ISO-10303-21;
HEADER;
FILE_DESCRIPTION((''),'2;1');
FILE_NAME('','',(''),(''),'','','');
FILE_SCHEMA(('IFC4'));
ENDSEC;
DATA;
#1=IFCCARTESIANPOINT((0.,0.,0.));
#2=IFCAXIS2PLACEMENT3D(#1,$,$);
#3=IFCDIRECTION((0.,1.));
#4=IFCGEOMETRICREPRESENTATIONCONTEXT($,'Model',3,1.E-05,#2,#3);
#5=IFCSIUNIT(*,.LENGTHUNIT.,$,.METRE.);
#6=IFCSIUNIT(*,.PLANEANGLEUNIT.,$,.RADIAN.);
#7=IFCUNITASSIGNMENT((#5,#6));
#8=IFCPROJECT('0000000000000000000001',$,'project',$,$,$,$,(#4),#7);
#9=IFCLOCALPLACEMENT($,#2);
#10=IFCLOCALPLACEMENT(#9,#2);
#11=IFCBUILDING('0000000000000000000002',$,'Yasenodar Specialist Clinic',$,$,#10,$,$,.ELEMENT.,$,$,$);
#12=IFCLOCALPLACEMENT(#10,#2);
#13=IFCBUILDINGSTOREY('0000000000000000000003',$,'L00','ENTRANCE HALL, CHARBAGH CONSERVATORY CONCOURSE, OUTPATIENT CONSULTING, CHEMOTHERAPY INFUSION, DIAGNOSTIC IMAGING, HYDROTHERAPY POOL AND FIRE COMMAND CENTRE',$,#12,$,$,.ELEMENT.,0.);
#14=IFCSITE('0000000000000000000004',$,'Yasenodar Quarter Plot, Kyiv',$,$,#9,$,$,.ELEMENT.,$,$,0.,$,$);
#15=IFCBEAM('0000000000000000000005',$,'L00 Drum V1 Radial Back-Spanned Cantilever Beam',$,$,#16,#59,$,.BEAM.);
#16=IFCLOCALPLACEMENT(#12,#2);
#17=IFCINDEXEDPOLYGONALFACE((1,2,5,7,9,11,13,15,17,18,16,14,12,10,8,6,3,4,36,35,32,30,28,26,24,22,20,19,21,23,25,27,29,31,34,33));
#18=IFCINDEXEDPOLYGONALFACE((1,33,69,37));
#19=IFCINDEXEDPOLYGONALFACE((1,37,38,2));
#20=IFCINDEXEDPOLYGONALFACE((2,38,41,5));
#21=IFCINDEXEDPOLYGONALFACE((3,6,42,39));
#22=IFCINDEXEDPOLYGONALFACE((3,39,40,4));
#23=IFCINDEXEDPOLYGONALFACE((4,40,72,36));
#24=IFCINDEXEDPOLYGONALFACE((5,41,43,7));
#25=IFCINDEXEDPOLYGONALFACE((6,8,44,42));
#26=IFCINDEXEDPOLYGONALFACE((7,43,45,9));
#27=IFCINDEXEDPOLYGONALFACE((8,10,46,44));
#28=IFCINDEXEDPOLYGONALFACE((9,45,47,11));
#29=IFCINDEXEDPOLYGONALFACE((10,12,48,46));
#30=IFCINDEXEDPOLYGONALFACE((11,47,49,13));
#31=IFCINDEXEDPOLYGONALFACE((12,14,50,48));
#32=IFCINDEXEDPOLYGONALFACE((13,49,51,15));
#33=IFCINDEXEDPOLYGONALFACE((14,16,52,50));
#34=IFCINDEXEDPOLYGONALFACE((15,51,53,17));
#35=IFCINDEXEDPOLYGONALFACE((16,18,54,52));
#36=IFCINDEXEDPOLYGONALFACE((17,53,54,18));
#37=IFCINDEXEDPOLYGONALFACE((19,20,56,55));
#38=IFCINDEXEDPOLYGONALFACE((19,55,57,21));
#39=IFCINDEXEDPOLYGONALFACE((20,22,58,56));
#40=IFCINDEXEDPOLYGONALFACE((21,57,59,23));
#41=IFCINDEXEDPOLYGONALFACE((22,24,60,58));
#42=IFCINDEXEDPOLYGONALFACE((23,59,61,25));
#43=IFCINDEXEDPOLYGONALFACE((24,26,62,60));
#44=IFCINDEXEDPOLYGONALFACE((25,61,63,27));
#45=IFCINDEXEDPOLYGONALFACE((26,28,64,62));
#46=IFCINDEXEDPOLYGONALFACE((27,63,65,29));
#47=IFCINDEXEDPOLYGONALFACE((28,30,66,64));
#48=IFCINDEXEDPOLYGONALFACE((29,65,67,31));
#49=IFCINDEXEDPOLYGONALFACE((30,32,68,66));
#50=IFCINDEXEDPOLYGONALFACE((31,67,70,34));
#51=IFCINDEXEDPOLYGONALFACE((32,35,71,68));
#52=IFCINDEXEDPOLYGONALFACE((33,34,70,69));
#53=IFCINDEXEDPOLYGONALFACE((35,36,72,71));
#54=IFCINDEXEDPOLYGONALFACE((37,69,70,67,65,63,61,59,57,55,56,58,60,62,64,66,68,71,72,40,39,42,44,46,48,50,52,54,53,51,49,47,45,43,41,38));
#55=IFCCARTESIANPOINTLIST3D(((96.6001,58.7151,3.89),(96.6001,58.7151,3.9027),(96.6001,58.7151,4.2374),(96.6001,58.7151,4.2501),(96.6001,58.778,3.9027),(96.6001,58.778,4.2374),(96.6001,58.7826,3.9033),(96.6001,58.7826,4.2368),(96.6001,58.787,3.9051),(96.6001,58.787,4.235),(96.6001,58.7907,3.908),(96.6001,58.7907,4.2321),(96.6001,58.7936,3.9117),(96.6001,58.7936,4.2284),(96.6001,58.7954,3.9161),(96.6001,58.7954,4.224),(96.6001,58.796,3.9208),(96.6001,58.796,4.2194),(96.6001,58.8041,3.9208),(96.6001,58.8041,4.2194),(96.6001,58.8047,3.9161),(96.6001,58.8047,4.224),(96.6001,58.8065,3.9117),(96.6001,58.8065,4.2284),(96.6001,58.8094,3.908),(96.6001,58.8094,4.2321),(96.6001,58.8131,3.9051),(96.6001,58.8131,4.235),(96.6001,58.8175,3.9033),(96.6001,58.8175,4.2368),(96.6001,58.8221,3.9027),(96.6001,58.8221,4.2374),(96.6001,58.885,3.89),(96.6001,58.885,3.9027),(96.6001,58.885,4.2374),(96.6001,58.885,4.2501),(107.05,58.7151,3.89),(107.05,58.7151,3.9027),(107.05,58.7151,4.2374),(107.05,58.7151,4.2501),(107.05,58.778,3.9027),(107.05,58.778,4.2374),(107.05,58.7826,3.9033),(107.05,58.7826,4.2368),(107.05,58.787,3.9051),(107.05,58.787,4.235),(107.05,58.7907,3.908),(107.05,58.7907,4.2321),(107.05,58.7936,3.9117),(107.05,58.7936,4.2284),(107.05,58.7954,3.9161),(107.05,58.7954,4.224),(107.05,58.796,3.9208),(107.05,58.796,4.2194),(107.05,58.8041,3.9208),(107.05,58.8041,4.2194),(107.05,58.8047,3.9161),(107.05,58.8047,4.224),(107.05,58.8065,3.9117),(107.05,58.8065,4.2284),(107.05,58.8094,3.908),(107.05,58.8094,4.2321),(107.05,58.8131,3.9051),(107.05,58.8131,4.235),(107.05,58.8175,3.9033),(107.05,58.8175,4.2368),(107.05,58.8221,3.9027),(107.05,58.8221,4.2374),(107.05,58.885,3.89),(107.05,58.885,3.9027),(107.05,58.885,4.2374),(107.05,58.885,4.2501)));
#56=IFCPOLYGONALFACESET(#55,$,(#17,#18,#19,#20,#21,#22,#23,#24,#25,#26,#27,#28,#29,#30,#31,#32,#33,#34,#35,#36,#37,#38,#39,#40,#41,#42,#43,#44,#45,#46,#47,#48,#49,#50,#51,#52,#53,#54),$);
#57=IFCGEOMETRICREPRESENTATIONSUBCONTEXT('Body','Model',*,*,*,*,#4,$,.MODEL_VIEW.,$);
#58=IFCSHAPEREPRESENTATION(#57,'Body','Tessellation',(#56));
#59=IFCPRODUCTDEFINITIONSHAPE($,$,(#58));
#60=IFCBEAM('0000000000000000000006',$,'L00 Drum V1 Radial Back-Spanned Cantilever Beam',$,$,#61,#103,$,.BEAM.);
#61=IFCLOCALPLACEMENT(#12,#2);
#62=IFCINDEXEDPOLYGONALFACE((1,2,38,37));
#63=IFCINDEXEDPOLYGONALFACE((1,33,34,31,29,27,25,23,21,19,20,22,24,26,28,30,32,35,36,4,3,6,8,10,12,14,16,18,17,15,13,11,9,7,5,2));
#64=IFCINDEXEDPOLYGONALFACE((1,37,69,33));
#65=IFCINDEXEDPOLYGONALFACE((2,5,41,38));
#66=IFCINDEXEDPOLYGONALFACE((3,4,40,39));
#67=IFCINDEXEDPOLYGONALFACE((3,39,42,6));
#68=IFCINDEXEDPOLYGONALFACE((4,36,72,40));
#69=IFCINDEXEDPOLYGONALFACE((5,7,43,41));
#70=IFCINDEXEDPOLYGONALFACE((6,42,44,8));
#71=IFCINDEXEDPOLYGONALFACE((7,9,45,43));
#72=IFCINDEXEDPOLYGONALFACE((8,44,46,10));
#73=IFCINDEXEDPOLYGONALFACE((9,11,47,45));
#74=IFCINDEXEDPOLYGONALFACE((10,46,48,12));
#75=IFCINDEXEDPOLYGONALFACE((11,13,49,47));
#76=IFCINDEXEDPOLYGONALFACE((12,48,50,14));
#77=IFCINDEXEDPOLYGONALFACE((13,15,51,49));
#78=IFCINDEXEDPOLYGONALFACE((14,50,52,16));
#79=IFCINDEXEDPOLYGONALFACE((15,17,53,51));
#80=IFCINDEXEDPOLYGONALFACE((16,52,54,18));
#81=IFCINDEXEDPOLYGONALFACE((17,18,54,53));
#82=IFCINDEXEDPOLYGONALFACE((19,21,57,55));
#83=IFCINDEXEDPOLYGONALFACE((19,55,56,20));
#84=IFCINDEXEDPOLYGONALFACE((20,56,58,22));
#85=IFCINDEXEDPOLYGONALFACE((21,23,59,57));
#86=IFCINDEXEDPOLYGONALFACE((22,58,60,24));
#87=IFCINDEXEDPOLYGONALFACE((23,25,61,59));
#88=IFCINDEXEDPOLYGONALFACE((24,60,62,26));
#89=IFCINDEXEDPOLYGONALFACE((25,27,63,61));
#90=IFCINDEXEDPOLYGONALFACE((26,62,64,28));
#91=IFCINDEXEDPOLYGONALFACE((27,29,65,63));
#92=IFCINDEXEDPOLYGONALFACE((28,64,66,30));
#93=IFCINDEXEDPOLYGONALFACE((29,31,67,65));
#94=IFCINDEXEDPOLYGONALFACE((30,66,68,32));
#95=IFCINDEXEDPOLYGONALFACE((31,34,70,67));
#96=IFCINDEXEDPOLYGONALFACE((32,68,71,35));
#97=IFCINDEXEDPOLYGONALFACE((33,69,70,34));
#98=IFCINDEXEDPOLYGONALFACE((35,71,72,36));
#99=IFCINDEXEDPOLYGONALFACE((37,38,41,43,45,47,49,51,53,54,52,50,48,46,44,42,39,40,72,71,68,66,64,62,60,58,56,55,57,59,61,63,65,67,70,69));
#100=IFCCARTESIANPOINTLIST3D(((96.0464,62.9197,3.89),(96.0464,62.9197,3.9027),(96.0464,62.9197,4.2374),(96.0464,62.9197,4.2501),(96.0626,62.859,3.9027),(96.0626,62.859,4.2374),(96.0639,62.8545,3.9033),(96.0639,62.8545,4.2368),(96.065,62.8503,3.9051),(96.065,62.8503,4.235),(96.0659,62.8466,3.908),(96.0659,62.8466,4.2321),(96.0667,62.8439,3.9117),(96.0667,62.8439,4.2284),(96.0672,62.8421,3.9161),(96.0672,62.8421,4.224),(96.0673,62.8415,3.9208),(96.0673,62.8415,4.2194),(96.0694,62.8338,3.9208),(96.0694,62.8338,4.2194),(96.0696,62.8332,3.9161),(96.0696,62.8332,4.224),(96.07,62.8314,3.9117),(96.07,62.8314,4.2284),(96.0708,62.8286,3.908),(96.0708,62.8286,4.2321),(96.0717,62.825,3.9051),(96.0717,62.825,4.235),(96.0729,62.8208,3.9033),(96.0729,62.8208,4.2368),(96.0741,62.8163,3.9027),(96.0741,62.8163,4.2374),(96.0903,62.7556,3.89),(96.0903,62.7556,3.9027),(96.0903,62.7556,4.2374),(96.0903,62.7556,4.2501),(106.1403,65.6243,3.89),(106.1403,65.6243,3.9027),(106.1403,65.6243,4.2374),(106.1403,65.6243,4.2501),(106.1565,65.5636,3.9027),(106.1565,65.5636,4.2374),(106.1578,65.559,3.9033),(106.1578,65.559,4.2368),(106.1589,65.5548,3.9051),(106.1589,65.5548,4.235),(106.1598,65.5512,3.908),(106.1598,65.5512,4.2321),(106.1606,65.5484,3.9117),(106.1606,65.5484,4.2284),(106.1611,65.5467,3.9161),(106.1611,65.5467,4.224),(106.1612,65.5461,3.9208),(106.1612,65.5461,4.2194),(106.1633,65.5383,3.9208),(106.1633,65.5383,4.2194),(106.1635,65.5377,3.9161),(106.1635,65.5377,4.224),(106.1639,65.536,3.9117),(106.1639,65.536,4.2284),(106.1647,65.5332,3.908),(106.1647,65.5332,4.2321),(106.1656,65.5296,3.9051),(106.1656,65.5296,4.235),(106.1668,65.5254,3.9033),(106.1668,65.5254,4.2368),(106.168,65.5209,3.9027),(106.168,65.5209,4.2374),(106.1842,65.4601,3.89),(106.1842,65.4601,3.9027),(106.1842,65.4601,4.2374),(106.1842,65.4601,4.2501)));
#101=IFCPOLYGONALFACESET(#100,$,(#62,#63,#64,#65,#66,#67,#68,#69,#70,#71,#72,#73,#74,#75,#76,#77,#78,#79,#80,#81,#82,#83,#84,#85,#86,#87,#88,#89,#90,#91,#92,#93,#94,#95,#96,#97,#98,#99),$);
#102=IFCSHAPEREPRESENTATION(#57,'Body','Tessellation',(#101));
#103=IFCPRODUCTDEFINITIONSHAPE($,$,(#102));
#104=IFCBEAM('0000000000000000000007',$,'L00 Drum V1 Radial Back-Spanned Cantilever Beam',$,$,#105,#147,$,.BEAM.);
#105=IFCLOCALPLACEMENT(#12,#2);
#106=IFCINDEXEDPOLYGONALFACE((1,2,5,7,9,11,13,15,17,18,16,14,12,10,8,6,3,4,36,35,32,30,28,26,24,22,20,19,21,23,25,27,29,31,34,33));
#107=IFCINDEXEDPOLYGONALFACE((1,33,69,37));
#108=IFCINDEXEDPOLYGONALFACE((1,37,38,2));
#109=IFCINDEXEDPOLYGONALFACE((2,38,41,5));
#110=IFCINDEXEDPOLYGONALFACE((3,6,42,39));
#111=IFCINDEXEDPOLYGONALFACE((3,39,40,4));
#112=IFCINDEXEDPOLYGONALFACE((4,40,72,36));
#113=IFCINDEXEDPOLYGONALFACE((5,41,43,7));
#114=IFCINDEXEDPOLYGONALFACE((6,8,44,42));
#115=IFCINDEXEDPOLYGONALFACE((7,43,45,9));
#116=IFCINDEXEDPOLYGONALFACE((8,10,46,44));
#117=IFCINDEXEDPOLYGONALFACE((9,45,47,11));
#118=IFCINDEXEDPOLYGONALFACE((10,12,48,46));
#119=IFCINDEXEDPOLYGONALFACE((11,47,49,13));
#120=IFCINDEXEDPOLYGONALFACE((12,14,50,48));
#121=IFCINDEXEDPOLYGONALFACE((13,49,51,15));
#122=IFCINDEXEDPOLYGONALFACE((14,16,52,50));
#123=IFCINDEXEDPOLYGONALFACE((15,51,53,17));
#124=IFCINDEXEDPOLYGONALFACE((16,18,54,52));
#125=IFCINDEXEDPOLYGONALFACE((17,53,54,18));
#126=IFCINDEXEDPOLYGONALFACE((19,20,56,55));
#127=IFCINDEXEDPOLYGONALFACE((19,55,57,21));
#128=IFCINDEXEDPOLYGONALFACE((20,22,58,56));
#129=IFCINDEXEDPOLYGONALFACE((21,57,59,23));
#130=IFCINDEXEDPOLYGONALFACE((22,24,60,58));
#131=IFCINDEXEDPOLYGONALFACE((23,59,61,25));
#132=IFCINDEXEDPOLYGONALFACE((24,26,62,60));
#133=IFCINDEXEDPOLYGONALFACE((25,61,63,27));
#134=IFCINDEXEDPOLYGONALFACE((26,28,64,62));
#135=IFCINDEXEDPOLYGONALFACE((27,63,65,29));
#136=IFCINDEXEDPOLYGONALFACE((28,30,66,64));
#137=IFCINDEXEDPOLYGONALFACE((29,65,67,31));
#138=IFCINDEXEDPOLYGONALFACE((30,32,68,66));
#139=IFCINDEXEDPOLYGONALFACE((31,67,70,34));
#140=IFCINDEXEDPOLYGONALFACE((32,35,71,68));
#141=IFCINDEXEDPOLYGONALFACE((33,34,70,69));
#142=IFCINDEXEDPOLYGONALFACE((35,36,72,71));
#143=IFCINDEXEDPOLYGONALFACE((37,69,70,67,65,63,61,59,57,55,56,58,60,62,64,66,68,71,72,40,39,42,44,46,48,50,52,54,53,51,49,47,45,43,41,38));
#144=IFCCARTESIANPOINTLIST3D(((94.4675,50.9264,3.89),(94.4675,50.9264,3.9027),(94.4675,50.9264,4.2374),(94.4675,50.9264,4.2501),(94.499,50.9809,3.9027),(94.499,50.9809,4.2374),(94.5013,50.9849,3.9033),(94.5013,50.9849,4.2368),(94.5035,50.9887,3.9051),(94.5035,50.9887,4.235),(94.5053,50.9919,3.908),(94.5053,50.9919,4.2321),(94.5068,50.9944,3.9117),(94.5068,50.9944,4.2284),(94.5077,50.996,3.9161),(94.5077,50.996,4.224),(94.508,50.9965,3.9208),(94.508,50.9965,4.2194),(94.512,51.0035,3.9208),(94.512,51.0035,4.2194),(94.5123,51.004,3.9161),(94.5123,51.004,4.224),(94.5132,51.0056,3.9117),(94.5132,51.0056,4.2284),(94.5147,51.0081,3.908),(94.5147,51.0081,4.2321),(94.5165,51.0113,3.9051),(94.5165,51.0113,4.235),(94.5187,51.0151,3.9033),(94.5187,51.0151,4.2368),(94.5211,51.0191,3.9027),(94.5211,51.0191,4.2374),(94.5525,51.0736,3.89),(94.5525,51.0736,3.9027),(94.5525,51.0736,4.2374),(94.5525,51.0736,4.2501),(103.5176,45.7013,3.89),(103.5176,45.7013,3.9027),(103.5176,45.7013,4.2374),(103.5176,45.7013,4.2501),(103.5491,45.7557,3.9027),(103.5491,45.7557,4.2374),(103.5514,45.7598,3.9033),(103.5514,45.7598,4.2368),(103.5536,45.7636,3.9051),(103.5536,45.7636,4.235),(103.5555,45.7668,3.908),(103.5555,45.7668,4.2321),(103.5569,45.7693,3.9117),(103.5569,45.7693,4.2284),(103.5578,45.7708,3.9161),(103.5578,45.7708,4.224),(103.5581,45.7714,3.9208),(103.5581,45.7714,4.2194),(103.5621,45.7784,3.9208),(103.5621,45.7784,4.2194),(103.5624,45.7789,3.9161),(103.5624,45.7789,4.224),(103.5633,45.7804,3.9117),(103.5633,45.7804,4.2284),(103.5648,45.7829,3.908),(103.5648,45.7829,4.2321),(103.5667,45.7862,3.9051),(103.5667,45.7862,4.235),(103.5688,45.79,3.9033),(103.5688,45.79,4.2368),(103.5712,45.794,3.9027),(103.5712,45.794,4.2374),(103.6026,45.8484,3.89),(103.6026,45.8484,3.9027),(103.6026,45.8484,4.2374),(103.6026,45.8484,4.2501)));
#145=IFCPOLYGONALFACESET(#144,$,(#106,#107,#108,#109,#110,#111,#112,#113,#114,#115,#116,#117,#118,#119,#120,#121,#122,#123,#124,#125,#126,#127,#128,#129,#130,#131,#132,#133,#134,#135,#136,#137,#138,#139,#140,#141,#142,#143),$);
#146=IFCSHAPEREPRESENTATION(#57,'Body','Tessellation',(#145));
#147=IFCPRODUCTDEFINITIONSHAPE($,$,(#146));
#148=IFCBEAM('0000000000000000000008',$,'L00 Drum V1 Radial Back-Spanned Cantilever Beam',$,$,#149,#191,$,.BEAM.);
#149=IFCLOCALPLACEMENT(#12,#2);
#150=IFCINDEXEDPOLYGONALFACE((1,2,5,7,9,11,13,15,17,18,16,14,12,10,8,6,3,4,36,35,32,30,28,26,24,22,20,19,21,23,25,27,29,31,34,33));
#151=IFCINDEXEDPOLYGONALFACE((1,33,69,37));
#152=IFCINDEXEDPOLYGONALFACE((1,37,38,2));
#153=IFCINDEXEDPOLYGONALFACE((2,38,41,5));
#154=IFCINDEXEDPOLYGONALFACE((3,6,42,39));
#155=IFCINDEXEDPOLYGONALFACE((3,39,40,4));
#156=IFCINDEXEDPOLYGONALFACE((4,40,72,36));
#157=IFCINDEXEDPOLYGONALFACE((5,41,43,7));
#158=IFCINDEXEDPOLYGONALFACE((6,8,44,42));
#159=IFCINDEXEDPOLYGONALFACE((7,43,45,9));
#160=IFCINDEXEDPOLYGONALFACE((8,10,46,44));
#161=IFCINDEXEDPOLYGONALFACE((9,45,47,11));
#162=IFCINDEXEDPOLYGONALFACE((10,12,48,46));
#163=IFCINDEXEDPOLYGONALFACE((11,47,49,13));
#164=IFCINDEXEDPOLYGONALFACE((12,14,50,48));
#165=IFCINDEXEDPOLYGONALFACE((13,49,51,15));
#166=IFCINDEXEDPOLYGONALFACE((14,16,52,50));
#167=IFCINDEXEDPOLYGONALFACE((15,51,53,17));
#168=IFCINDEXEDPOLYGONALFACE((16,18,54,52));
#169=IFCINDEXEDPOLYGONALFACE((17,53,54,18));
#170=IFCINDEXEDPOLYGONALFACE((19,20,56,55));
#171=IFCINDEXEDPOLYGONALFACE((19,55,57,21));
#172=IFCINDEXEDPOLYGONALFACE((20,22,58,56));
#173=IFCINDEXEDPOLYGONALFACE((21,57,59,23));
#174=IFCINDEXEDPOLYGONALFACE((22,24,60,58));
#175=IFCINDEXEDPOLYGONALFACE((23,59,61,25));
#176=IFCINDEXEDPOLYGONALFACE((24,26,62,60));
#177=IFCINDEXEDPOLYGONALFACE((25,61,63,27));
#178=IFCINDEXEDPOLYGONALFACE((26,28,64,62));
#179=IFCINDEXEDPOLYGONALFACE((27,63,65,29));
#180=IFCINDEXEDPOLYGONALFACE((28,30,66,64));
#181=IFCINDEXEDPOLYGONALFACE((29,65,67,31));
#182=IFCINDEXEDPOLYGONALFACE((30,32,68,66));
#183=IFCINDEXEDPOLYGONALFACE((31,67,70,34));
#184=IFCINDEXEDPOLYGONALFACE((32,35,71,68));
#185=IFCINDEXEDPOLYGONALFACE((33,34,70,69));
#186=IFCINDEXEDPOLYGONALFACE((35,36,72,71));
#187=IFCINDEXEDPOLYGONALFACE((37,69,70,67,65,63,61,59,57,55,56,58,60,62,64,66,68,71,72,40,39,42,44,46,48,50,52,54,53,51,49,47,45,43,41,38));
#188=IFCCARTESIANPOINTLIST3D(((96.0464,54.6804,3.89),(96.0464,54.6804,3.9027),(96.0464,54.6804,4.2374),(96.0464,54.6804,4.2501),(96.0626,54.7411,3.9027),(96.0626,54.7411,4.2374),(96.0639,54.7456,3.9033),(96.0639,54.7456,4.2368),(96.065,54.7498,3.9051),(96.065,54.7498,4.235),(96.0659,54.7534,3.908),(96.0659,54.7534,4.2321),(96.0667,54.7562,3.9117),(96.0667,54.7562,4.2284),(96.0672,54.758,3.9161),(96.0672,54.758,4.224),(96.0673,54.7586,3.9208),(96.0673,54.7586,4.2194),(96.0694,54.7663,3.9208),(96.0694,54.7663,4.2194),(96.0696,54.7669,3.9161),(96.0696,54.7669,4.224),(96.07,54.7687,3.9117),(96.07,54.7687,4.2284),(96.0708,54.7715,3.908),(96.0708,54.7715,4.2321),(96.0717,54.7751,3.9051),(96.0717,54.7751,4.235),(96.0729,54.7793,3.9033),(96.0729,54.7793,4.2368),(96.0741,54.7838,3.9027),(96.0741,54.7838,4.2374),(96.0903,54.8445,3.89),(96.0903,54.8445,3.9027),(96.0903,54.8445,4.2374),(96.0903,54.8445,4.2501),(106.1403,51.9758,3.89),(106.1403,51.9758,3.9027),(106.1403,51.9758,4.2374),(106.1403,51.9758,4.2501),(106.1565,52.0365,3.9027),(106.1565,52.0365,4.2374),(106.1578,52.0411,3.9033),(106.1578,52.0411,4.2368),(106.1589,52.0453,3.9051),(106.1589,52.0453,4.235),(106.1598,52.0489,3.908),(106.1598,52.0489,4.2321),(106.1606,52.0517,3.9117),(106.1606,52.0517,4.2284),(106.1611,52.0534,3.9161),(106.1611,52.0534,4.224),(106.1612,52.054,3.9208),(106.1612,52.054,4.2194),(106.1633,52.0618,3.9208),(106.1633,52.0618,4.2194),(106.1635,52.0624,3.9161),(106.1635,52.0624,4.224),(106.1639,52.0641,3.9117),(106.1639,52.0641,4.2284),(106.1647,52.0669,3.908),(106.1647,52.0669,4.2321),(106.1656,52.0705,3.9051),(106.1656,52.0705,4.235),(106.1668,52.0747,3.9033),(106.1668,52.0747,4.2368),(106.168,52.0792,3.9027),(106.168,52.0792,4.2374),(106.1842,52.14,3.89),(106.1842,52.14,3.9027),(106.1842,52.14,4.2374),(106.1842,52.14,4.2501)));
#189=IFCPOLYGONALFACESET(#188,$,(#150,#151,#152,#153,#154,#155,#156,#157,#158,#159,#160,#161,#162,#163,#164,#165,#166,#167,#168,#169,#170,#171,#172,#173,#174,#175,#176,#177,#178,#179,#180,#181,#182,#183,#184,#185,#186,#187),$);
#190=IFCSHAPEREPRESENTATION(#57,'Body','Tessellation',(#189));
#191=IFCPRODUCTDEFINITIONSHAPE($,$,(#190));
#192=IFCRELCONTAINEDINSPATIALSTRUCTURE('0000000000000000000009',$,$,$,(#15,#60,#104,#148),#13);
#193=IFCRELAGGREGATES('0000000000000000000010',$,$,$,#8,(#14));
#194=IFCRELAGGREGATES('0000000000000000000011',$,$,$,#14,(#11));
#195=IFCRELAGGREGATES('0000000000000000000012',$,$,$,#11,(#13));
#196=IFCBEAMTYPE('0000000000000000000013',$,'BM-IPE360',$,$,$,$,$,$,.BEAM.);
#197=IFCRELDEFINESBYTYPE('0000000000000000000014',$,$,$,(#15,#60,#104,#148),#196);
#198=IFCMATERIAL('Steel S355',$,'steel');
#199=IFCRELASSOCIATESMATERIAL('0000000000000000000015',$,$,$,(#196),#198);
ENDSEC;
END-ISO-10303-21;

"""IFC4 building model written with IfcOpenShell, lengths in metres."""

from ifc_helpers import new_model, si_unit, direction, frame, origin, origin_2d, place, context, subcontext, project, spatial, i_section, extrude, material, material_profile, profile_set, type_object, element, save


model = new_model("IFC4")

# Units and contexts
model_context = context("Model", 3, precision=1e-05, world=origin(), true_north=direction((0.0, 1.0)))
body_context = subcontext(model_context, "Body", "Model", "MODEL_VIEW")
ifc_project = project(units=[si_unit("LENGTHUNIT", "METRE"), si_unit("PLANEANGLEUNIT", "RADIAN")], contexts=[model_context])

# Site, building, storey
site_placement = place(None, origin())
site = spatial("IfcSite", under=ifc_project, at=site_placement, Name="Yasenodar Quarter Plot, Kyiv", CompositionType="ELEMENT", RefElevation=0.0)
building_placement = place(site_placement, origin())
building = spatial("IfcBuilding", under=site, at=building_placement, Name="Yasenodar Specialist Clinic", CompositionType="ELEMENT")
storey_placement = place(building_placement, origin())
storey = spatial("IfcBuildingStorey", under=building, at=storey_placement, Name="L00", Description="ENTRANCE HALL, CHARBAGH CONSERVATORY CONCOURSE, OUTPATIENT CONSULTING, CHEMOTHERAPY INFUSION, DIAGNOSTIC IMAGING, HYDROTHERAPY POOL AND FIRE COMMAND CENTRE", CompositionType="ELEMENT", Elevation=0.0)

# Shared definitions
ifc_material_1 = material(Name="Steel S355", Category="steel")

# Beams
ifc_material_profile_1 = material_profile(ifc_material_1, i_section(OverallWidth=0.1699, OverallDepth=0.3601, WebThickness=0.0081, FlangeThickness=0.0127, FilletRadius=0.0181, at=origin_2d()), Name="IPE 360")
ifc_profile_set_1 = profile_set([ifc_material_profile_1], Name="Steel S355")
beam_type_1 = type_object("IfcBeamType", Name="BM-IPE360", PredefinedType="BEAM", material=ifc_profile_set_1)
for number, where, z_axis, x_axis, name in (
    (1, (96.6001, 58.8, 4.0701), (1.0, 0.0, 0.0), (0.0, 1.0, 0.0), "L00 Drum V1 Radial Back-Spanned Cantilever Beam"),
    (2, (96.0684, 62.8376, 4.0701), (0.965928, 0.258811, 0.0), (-0.258811, 0.965928, 0.0), "L00 Drum V1 Radial Back-Spanned Cantilever Beam"),
):
    element("IfcBeam", number, at=place(storey_placement, frame(where, z_axis=z_axis, x_axis=x_axis)), inside=storey, type_object=beam_type_1, Name=name, PredefinedType="BEAM", context=body_context, shape_type="SweptSolid", body=[
        extrude(i_section(OverallWidth=0.1699, OverallDepth=0.3601, WebThickness=0.0081, FlangeThickness=0.0127, FilletRadius=0.0181, at=origin_2d()), origin(), (0.0, 0.0, 1.0), 10.45),
    ])
beam_1_placement = place(storey_placement, frame((94.51, 51.0, 4.0701), z_axis=(0.866023, -0.500004, 0.0), x_axis=(0.500004, 0.866023, 0.0)))
element("IfcBeam", 3, at=beam_1_placement, inside=storey, type_object=beam_type_1, Name="L00 Drum V1 Radial Back-Spanned Cantilever Beam", PredefinedType="BEAM", context=body_context, shape_type="SweptSolid", body=[
    extrude(i_section(OverallWidth=0.1699, OverallDepth=0.3601, WebThickness=0.0081, FlangeThickness=0.0127, FilletRadius=0.0181, at=origin_2d()), origin(), (0.0, 0.0, 1.0), 10.4502),
])
beam_2_placement = place(storey_placement, frame((96.0684, 54.7625, 4.0701), z_axis=(0.965928, -0.258811, 0.0), x_axis=(0.258811, 0.965928, 0.0)))
element("IfcBeam", 4, at=beam_2_placement, inside=storey, type_object=beam_type_1, Name="L00 Drum V1 Radial Back-Spanned Cantilever Beam", PredefinedType="BEAM", context=body_context, shape_type="SweptSolid", body=[
    extrude(i_section(OverallWidth=0.1699, OverallDepth=0.3601, WebThickness=0.0081, FlangeThickness=0.0127, FilletRadius=0.0181, at=origin_2d()), origin(), (0.0, 0.0, 1.0), 10.45),
])

save(model, "model.ifc")
